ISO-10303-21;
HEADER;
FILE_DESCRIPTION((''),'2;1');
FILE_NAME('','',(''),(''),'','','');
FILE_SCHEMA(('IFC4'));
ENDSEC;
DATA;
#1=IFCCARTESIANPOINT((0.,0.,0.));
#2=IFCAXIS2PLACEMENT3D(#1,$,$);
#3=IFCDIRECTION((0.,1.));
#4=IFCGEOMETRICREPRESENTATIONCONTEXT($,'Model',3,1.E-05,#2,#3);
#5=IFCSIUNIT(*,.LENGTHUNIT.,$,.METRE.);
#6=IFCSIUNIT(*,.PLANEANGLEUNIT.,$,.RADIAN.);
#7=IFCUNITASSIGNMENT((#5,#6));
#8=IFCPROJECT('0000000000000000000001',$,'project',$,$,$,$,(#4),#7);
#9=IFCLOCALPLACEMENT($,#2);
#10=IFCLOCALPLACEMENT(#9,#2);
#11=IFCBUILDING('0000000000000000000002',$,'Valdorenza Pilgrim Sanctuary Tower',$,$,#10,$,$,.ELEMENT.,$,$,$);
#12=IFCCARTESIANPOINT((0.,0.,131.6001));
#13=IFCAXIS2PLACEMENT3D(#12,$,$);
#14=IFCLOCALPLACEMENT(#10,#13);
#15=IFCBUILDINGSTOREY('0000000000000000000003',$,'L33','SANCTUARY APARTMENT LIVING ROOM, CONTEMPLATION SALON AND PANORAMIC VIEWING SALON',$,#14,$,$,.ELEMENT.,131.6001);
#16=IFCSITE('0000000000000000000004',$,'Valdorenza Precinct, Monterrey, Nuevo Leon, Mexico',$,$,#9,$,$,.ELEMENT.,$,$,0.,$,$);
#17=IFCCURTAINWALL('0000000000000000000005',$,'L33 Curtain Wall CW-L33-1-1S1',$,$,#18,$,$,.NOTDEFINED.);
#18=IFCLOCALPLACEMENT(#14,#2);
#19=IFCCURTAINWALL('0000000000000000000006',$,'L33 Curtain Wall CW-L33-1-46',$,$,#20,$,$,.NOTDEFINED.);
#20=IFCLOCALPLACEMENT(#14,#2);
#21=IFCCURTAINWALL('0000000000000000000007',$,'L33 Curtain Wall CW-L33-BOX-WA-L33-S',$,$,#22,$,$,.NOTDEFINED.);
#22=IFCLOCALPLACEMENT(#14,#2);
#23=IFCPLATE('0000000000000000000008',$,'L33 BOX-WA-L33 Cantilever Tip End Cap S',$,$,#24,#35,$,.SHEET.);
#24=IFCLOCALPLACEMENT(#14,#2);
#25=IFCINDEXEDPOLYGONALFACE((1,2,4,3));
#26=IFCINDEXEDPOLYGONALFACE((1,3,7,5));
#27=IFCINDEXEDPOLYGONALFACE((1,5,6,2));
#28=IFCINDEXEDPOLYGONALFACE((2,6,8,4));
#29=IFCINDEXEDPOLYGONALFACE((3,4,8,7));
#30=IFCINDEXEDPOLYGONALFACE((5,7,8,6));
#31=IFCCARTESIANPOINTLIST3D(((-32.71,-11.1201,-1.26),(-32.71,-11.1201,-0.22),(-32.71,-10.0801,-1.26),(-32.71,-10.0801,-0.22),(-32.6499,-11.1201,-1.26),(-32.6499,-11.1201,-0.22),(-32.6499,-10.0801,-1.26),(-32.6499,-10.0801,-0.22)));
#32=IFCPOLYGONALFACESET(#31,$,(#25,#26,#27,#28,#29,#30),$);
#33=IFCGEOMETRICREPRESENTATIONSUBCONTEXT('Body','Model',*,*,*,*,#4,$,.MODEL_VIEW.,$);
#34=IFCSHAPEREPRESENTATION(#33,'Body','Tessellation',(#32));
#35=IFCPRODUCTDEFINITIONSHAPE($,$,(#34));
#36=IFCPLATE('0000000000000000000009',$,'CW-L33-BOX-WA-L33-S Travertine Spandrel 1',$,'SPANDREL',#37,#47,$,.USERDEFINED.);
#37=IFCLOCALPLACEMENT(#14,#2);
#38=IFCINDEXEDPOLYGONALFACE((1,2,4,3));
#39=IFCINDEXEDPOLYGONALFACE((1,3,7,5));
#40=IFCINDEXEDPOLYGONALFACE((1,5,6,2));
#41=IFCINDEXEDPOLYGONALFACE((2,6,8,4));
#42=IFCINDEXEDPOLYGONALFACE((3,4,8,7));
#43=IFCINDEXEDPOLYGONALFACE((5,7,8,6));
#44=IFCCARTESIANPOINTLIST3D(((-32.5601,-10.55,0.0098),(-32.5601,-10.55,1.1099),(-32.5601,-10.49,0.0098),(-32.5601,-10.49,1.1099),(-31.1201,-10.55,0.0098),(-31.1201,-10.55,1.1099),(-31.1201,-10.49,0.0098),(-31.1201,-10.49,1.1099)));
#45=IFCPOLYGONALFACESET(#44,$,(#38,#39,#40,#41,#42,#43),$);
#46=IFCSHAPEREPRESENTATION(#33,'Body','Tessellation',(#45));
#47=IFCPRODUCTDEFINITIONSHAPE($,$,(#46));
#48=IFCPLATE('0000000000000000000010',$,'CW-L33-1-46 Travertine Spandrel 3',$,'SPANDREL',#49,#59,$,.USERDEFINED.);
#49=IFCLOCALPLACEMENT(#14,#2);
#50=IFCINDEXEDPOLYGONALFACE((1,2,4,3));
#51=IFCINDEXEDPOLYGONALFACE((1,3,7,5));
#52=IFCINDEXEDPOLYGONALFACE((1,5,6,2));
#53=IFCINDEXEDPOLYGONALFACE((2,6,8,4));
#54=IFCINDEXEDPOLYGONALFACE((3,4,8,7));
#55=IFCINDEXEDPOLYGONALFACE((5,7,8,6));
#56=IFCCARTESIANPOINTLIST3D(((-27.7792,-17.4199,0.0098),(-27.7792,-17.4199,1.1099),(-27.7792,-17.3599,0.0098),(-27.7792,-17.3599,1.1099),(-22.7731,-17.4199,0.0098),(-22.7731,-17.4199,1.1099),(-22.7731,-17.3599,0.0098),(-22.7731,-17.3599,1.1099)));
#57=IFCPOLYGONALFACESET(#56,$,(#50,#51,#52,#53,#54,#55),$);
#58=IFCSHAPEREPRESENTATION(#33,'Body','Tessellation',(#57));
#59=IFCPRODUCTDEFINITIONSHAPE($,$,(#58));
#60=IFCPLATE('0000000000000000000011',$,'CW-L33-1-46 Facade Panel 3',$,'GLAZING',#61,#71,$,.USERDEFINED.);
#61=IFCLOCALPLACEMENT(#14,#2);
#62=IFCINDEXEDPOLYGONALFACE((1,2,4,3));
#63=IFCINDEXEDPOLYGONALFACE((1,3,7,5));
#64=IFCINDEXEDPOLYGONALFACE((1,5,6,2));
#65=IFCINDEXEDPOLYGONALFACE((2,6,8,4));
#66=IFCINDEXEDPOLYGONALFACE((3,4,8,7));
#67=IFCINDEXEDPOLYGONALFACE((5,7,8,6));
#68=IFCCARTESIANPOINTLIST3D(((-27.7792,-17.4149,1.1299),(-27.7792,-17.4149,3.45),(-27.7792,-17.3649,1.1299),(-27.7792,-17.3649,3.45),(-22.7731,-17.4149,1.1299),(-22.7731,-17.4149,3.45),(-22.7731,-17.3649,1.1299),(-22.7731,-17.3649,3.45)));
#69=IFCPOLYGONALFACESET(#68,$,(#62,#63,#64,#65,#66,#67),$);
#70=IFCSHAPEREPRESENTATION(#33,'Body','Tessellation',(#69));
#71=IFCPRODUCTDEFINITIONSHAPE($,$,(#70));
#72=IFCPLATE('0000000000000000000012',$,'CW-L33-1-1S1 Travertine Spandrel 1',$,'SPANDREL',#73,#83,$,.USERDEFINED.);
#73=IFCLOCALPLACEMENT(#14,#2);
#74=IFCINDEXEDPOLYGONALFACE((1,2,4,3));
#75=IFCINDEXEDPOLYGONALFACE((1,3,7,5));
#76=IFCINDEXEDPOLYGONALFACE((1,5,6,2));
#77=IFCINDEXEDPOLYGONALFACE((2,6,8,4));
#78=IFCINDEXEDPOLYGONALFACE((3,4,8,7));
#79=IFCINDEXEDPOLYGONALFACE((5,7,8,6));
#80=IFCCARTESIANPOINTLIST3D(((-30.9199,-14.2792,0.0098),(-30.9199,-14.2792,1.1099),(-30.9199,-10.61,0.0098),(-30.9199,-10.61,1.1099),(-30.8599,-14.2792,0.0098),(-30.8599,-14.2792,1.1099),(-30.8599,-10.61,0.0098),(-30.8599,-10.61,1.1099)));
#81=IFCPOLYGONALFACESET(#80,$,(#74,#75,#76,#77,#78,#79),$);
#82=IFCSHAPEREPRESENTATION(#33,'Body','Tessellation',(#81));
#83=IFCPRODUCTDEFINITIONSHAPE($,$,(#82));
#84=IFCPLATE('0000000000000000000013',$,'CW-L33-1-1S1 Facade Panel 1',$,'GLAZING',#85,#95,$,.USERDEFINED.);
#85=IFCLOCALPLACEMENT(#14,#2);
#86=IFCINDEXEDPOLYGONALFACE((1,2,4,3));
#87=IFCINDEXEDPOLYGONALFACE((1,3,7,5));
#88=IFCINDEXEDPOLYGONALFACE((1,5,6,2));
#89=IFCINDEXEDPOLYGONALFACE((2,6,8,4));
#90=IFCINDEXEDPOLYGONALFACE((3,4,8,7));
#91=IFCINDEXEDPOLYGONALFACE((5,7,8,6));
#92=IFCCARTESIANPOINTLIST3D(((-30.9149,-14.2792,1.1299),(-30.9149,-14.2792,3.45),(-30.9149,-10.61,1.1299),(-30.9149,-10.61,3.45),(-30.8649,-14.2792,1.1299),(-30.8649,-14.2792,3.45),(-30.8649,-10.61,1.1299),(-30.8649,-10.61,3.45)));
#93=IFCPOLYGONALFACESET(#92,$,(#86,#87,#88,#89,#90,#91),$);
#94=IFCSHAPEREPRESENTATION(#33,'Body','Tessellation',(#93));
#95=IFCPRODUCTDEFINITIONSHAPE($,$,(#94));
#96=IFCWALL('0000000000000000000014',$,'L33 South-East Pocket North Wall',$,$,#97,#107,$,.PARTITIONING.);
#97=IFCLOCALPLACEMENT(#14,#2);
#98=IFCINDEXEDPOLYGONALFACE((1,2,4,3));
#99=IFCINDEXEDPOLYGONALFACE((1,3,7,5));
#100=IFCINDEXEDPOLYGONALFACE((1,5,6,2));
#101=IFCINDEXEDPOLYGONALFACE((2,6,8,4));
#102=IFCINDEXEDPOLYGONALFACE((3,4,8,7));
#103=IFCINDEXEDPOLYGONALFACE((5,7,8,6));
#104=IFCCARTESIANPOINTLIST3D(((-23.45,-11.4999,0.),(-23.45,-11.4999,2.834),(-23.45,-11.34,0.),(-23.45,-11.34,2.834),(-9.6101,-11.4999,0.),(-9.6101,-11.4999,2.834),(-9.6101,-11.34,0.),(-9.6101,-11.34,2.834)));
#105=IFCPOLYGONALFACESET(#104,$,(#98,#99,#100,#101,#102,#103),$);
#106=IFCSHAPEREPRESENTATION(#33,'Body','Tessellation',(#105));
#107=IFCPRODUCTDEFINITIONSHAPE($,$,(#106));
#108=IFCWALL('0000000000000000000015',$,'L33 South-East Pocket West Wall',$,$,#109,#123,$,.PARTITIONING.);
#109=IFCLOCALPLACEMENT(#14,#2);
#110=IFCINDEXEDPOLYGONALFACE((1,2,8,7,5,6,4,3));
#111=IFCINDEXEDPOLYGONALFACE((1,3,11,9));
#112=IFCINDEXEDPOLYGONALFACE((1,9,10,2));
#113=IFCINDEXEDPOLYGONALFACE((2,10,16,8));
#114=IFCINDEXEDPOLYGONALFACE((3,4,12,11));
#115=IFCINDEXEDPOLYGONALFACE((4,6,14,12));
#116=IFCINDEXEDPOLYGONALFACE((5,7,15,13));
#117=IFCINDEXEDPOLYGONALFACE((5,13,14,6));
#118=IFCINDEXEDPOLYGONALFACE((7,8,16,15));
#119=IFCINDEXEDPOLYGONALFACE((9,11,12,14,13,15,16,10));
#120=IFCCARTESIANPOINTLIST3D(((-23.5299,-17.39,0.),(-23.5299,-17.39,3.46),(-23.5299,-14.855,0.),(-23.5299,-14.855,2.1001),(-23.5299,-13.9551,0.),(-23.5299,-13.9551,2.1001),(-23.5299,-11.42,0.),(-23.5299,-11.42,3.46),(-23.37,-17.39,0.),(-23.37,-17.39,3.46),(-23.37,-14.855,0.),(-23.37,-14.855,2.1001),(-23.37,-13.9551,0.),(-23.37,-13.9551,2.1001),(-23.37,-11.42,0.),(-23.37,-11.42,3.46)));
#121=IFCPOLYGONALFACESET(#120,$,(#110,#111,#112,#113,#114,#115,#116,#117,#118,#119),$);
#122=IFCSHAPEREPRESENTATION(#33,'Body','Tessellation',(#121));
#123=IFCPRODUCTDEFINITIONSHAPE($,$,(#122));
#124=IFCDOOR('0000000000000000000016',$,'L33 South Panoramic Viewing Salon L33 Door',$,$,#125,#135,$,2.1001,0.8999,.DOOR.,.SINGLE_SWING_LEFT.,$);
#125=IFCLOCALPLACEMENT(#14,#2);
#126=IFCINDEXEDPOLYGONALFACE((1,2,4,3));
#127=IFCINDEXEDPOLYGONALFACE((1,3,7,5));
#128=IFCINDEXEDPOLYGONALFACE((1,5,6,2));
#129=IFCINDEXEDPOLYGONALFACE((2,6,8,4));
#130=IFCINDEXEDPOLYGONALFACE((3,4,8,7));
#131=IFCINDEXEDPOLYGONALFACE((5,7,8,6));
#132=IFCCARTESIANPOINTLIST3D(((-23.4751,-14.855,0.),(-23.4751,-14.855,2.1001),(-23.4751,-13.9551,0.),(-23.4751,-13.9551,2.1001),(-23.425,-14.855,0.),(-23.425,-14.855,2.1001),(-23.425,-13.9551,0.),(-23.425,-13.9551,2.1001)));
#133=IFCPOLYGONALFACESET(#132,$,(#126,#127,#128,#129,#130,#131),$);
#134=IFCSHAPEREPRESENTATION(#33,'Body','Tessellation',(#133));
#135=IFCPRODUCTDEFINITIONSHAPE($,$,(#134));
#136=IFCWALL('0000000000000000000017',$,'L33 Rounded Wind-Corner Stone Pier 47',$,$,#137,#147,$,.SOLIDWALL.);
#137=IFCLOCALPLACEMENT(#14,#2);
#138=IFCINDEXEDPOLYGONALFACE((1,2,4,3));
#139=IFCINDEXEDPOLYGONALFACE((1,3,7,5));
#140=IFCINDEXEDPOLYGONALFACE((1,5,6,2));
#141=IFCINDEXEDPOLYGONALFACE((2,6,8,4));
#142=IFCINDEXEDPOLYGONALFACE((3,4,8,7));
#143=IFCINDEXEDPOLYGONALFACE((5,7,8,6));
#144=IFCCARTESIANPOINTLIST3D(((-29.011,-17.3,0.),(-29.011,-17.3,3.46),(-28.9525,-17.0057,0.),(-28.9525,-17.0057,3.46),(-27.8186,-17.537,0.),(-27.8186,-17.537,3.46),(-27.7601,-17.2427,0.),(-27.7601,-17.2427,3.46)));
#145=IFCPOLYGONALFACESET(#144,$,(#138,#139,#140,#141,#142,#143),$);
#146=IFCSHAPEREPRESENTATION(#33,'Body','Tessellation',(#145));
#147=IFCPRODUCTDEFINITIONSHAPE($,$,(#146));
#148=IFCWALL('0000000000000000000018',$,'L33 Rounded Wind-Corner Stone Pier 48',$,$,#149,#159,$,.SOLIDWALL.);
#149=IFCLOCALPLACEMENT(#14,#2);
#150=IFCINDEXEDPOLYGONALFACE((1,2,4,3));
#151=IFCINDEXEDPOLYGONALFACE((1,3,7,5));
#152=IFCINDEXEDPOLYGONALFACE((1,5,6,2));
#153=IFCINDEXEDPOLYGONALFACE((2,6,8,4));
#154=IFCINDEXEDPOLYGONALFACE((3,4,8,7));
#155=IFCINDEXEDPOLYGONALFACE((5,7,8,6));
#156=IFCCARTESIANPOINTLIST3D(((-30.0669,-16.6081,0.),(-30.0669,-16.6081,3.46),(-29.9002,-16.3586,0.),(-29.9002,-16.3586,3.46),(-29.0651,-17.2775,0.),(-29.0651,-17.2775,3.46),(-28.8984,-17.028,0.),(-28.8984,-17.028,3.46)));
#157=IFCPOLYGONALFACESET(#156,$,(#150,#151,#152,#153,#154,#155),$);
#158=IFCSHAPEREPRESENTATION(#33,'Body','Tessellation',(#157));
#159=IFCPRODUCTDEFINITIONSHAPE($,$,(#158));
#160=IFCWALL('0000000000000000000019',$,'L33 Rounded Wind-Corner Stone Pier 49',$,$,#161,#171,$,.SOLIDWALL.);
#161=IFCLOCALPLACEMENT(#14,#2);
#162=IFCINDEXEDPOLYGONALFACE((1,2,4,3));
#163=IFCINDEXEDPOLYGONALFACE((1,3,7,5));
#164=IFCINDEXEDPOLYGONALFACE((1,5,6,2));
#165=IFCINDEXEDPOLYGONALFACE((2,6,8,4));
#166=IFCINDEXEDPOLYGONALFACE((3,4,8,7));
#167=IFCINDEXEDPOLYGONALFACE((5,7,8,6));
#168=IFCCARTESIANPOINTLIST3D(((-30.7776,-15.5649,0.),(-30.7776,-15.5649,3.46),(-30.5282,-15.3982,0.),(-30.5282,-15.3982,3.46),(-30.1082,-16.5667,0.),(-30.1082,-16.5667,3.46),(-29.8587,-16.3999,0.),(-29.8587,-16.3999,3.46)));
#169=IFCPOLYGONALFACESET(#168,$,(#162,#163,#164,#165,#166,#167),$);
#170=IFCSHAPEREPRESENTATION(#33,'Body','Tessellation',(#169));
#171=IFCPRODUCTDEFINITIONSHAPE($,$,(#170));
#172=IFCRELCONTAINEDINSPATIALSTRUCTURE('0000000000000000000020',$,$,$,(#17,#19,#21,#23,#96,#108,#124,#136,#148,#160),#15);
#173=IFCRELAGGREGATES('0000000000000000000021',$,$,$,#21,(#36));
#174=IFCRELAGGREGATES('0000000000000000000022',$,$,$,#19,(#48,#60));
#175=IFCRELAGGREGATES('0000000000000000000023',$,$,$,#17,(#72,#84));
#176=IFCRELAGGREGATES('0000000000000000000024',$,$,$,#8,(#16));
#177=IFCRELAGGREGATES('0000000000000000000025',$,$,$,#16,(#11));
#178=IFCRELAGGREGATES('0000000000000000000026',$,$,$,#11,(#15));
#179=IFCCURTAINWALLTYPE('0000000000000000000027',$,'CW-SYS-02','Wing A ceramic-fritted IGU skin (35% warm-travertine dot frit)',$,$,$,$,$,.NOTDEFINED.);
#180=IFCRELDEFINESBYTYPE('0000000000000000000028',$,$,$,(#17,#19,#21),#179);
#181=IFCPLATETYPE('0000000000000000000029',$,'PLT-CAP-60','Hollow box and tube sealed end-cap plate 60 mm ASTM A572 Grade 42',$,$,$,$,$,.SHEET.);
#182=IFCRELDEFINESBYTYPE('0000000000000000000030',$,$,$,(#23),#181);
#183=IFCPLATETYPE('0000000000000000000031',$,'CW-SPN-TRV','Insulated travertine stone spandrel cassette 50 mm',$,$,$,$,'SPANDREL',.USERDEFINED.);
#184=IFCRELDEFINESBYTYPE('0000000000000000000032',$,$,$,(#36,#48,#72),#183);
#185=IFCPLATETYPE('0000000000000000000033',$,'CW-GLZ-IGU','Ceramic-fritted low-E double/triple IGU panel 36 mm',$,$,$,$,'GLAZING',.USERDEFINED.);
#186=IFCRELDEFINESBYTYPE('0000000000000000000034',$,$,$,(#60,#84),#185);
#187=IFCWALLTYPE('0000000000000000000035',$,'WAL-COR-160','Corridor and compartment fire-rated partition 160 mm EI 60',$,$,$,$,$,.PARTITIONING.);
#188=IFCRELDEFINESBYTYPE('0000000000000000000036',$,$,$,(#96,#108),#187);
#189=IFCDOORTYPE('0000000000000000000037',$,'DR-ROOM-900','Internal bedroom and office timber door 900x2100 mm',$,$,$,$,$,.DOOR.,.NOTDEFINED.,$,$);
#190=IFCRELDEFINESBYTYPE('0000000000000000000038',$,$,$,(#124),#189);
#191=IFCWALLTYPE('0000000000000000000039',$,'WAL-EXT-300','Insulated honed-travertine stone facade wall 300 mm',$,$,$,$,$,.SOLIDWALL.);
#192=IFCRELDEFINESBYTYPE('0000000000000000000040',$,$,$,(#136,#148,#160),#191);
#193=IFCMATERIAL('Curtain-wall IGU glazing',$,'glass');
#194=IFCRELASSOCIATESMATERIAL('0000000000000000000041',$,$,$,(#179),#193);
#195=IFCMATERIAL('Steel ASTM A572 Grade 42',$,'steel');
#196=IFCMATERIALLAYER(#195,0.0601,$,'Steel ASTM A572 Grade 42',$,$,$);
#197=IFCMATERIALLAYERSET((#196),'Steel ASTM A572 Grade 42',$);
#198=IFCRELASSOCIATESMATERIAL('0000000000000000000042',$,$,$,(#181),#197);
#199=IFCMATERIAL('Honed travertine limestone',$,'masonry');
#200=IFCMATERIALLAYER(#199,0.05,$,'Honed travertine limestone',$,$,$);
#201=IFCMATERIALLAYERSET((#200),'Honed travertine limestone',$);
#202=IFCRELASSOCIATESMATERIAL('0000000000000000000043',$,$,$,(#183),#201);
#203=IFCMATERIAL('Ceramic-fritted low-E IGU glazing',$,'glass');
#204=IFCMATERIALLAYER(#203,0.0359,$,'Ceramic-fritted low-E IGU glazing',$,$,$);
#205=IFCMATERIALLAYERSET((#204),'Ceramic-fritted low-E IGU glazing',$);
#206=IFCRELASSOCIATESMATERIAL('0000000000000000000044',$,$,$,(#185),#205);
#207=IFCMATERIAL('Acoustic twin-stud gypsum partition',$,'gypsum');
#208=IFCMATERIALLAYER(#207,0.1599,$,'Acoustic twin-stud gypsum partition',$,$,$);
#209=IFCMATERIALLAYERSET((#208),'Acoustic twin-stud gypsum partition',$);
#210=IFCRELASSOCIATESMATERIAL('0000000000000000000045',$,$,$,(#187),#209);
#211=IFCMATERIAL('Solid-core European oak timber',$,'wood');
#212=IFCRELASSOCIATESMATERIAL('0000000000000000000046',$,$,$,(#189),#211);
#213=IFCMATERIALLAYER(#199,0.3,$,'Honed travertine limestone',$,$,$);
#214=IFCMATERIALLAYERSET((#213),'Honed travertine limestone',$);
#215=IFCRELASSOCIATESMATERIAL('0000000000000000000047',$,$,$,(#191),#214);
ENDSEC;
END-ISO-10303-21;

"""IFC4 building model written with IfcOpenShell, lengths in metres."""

from ifc_helpers import new_model, si_unit, direction, frame, frame_2d, origin, origin_2d, place, context, subcontext, project, spatial, rectangle, extrude, source, transform, mapped, material, layer, layer_set, type_object, element, fill, aggregate, save


model = new_model("IFC4")

# Units and contexts
model_context = context("Model", 3, precision=1e-05, world=origin(), true_north=direction((0.0, 1.0)))
body_context = subcontext(model_context, "Body", "Model", "MODEL_VIEW")
ifc_project = project(units=[si_unit("LENGTHUNIT", "METRE"), si_unit("PLANEANGLEUNIT", "RADIAN")], contexts=[model_context])

# Site, building, storey
site_placement = place(None, origin())
site = spatial("IfcSite", under=ifc_project, at=site_placement, Name="Valdorenza Precinct, Monterrey, Nuevo Leon, Mexico", CompositionType="ELEMENT", RefElevation=0.0)
building_placement = place(site_placement, origin())
building = spatial("IfcBuilding", under=site, at=building_placement, Name="Valdorenza Pilgrim Sanctuary Tower", CompositionType="ELEMENT")
storey_placement = place(building_placement, frame((0.0, 0.0, 131.6001)))
storey = spatial("IfcBuildingStorey", under=building, at=storey_placement, Name="L33", Description="SANCTUARY APARTMENT LIVING ROOM, CONTEMPLATION SALON AND PANORAMIC VIEWING SALON", CompositionType="ELEMENT", Elevation=131.6001)

# Shared definitions
ifc_material_1 = material(Name="Steel ASTM A572 Grade 42", Category="steel")

# Curtain walls
ifc_material_2 = material(Name="Curtain-wall IGU glazing", Category="glass")
curtain_wall_type = type_object("IfcCurtainWallType", Name="CW-SYS-02", Description="Wing A ceramic-fritted IGU skin (35% warm-travertine dot frit)", PredefinedType="NOTDEFINED", material=ifc_material_2)
curtain_wall_1_placement = place(storey_placement, origin())
curtain_wall_1 = element("IfcCurtainWall", 1, at=curtain_wall_1_placement, inside=storey, type_object=curtain_wall_type, Name="L33 Curtain Wall CW-L33-1-1S1", PredefinedType="NOTDEFINED")
curtain_wall_2_placement = place(storey_placement, origin())
curtain_wall_2 = element("IfcCurtainWall", 2, at=curtain_wall_2_placement, inside=storey, type_object=curtain_wall_type, Name="L33 Curtain Wall CW-L33-1-46", PredefinedType="NOTDEFINED")

# Curtain wall
curtain_wall_3_placement = place(storey_placement, origin())
curtain_wall_3 = element("IfcCurtainWall", 3, at=curtain_wall_3_placement, inside=storey, type_object=curtain_wall_type, Name="L33 Curtain Wall CW-L33-BOX-WA-L33-S", PredefinedType="NOTDEFINED")

# Plates
ifc_layer_1 = layer(ifc_material_1, 0.0601, Name="Steel ASTM A572 Grade 42")
ifc_layer_set_1 = layer_set([ifc_layer_1], Name="Steel ASTM A572 Grade 42")
plate_type_1 = type_object("IfcPlateType", Name="PLT-CAP-60", Description="Hollow box and tube sealed end-cap plate 60 mm ASTM A572 Grade 42", PredefinedType="SHEET", material=ifc_layer_set_1)
shared_shape_1 = source(origin(), body_context, "Body", "SweptSolid", [
    extrude(rectangle(XDim=0.0601, YDim=1.04, at=origin_2d()), origin(), (0.0, 0.0, 1.0), 1.04),
])
plate_1_placement = place(storey_placement, frame((-32.6799, -10.6001, -1.26), z_axis=(0.0, 0.0, 1.0), x_axis=(1.0, 0.0, 0.0)))
element("IfcPlate", 4, at=plate_1_placement, inside=storey, type_object=plate_type_1, Name="L33 BOX-WA-L33 Cantilever Tip End Cap S", PredefinedType="SHEET", context=body_context, shape_type="MappedRepresentation", body=[
    mapped(shared_shape_1, transform((0.0, 0.0, 0.0), x_axis=(1.0, 0.0, 0.0), y_axis=(0.0, 1.0, 0.0), z_axis=(0.0, 0.0, 1.0), scale=1.0)),
])
ifc_material_3 = material(Name="Honed travertine limestone", Category="masonry")
ifc_layer_2 = layer(ifc_material_3, 0.05, Name="Honed travertine limestone")
ifc_layer_set_2 = layer_set([ifc_layer_2], Name="Honed travertine limestone")
plate_type_2 = type_object("IfcPlateType", Name="CW-SPN-TRV", Description="Insulated travertine stone spandrel cassette 50 mm", ElementType="SPANDREL", PredefinedType="USERDEFINED", material=ifc_layer_set_2)
shared_shape_2 = source(origin(), body_context, "Body", "SweptSolid", [
    extrude(rectangle(XDim=1.4399, YDim=0.0601, at=origin_2d()), origin(), (0.0, 0.0, 1.0), 1.1001),
])
plate_2_placement = place(storey_placement, frame((-31.8401, -10.52, 0.0098), z_axis=(0.0, 0.0, 1.0), x_axis=(-1.0, 0.0, 0.0)))
plate_2 = element("IfcPlate", 5, at=plate_2_placement, type_object=plate_type_2, Name="CW-L33-BOX-WA-L33-S Travertine Spandrel 1", ObjectType="SPANDREL", PredefinedType="USERDEFINED", context=body_context, shape_type="MappedRepresentation", body=[
    mapped(shared_shape_2, transform((0.0, 0.0, 0.0), x_axis=(1.0, 0.0, 0.0), y_axis=(0.0, 1.0, 0.0), z_axis=(0.0, 0.0, 1.0), scale=1.0)),
])
aggregate(curtain_wall_3, [plate_2])
shared_shape_3 = source(origin(), body_context, "Body", "SweptSolid", [
    extrude(rectangle(XDim=5.0061, YDim=0.0601, at=origin_2d()), origin(), (0.0, 0.0, 1.0), 1.1001),
])
plate_3_placement = place(storey_placement, frame((-25.2761, -17.3899, 0.0098), z_axis=(0.0, 0.0, 1.0), x_axis=(-1.0, 0.0, 0.0)))
plate_3 = element("IfcPlate", 6, at=plate_3_placement, type_object=plate_type_2, Name="CW-L33-1-46 Travertine Spandrel 3", ObjectType="SPANDREL", PredefinedType="USERDEFINED", context=body_context, shape_type="MappedRepresentation", body=[
    mapped(shared_shape_3, transform((0.0, 0.0, 0.0), x_axis=(1.0, 0.0, 0.0), y_axis=(0.0, 1.0, 0.0), z_axis=(0.0, 0.0, 1.0), scale=1.0)),
])
ifc_material_4 = material(Name="Ceramic-fritted low-E IGU glazing", Category="glass")
ifc_layer_3 = layer(ifc_material_4, 0.0359, Name="Ceramic-fritted low-E IGU glazing")
ifc_layer_set_3 = layer_set([ifc_layer_3], Name="Ceramic-fritted low-E IGU glazing")
plate_type_3 = type_object("IfcPlateType", Name="CW-GLZ-IGU", Description="Ceramic-fritted low-E double/triple IGU panel 36 mm", ElementType="GLAZING", PredefinedType="USERDEFINED", material=ifc_layer_set_3)
shared_shape_4 = source(origin(), body_context, "Body", "SweptSolid", [
    extrude(rectangle(XDim=5.0061, YDim=0.05, at=origin_2d()), origin(), (0.0, 0.0, 1.0), 2.3201),
])
plate_4_placement = place(storey_placement, frame((-25.2761, -17.3899, 1.1299), z_axis=(0.0, 0.0, 1.0), x_axis=(-1.0, 0.0, 0.0)))
plate_4 = element("IfcPlate", 7, at=plate_4_placement, type_object=plate_type_3, Name="CW-L33-1-46 Facade Panel 3", ObjectType="GLAZING", PredefinedType="USERDEFINED", context=body_context, shape_type="MappedRepresentation", body=[
    mapped(shared_shape_4, transform((0.0, 0.0, 0.0), x_axis=(1.0, 0.0, 0.0), y_axis=(0.0, 1.0, 0.0), z_axis=(0.0, 0.0, 1.0), scale=1.0)),
])
aggregate(curtain_wall_2, [plate_3, plate_4])
shared_shape_5 = source(origin(), body_context, "Body", "SweptSolid", [
    extrude(rectangle(XDim=3.6692, YDim=0.0601, at=origin_2d()), origin(), (0.0, 0.0, 1.0), 1.1001),
])
plate_5_placement = place(storey_placement, frame((-30.8899, -12.4446, 0.0098), z_axis=(0.0, 0.0, 1.0), x_axis=(0.0, 1.0, 0.0)))
plate_5 = element("IfcPlate", 8, at=plate_5_placement, type_object=plate_type_2, Name="CW-L33-1-1S1 Travertine Spandrel 1", ObjectType="SPANDREL", PredefinedType="USERDEFINED", context=body_context, shape_type="MappedRepresentation", body=[
    mapped(shared_shape_5, transform((0.0, 0.0, 0.0), x_axis=(1.0, 0.0, 0.0), y_axis=(0.0, 1.0, 0.0), z_axis=(0.0, 0.0, 1.0), scale=1.0)),
])
shared_shape_6 = source(origin(), body_context, "Body", "SweptSolid", [
    extrude(rectangle(XDim=3.6692, YDim=0.05, at=origin_2d()), origin(), (0.0, 0.0, 1.0), 2.3201),
])
plate_6_placement = place(storey_placement, frame((-30.8899, -12.4446, 1.1299), z_axis=(0.0, 0.0, 1.0), x_axis=(0.0, 1.0, 0.0)))
plate_6 = element("IfcPlate", 9, at=plate_6_placement, type_object=plate_type_3, Name="CW-L33-1-1S1 Facade Panel 1", ObjectType="GLAZING", PredefinedType="USERDEFINED", context=body_context, shape_type="MappedRepresentation", body=[
    mapped(shared_shape_6, transform((0.0, 0.0, 0.0), x_axis=(1.0, 0.0, 0.0), y_axis=(0.0, 1.0, 0.0), z_axis=(0.0, 0.0, 1.0), scale=1.0)),
])
aggregate(curtain_wall_1, [plate_5, plate_6])

# Wall
ifc_material_5 = material(Name="Acoustic twin-stud gypsum partition", Category="gypsum")
ifc_layer_4 = layer(ifc_material_5, 0.1599, Name="Acoustic twin-stud gypsum partition")
ifc_layer_set_4 = layer_set([ifc_layer_4], Name="Acoustic twin-stud gypsum partition")
wall_type_1 = type_object("IfcWallType", Name="WAL-COR-160", Description="Corridor and compartment fire-rated partition 160 mm EI 60", PredefinedType="PARTITIONING", material=ifc_layer_set_4)
wall_1_placement = place(storey_placement, frame((-23.45, -11.4199, 0.0), z_axis=(0.0, 0.0, 1.0), x_axis=(1.0, 0.0, 0.0)))
element("IfcWall", 10, at=wall_1_placement, inside=storey, type_object=wall_type_1, Name="L33 South-East Pocket North Wall", PredefinedType="PARTITIONING", context=body_context, shape_type="SweptSolid", body=[
    extrude(rectangle(XDim=13.8398, YDim=0.1599, at=frame_2d((6.9199, 0.0))), origin(), (0.0, 0.0, 1.0), 2.834),
])

# Wall, opening, door
wall_2_placement = place(storey_placement, frame((-23.45, -17.3899, 0.0), z_axis=(0.0, 0.0, 1.0), x_axis=(0.0, 1.0, 0.0)))
wall_2 = element("IfcWall", 11, at=wall_2_placement, inside=storey, type_object=wall_type_1, Name="L33 South-East Pocket West Wall", PredefinedType="PARTITIONING", context=body_context, shape_type="SweptSolid", body=[
    extrude(rectangle(XDim=5.97, YDim=0.1599, at=frame_2d((2.9849, 0.0))), origin(), (0.0, 0.0, 1.0), 3.46),
])
opening_1_placement = place(wall_2_placement, frame((2.5349, 0.0, 0.0)))
opening_1 = element("IfcOpeningElement", 12, at=opening_1_placement, cuts=wall_2, PredefinedType="OPENING", context=body_context, shape_type="SweptSolid", body=[
    extrude(rectangle(XDim=0.8999, YDim=2.1001, at=frame_2d((0.45, 1.05))), frame((0.0, 0.0947, 0.0), z_axis=(0.0, -1.0, 0.0), x_axis=(1.0, 0.0, 0.0)), (0.0, 0.0, 1.0), 0.1897),
])
ifc_material_6 = material(Name="Solid-core European oak timber", Category="wood")
door_type_1 = type_object("IfcDoorType", Name="DR-ROOM-900", Description="Internal bedroom and office timber door 900x2100 mm", OperationType="NOTDEFINED", PredefinedType="DOOR", material=ifc_material_6)
door_1_placement = place(opening_1_placement, frame((0.8999, 0.0, 0.0), z_axis=(0.0, 0.0, 1.0), x_axis=(-1.0, 0.0, 0.0)))
door_1 = element("IfcDoor", 13, at=door_1_placement, inside=storey, type_object=door_type_1, Name="L33 South Panoramic Viewing Salon L33 Door", OperationType="SINGLE_SWING_LEFT", OverallHeight=2.1001, OverallWidth=0.8999, PredefinedType="DOOR", context=body_context, shape_type="SweptSolid", body=[
    extrude(rectangle(XDim=0.8999, YDim=2.1001, at=frame_2d((0.45, 1.05))), frame((0.0, 0.0249, 0.0), z_axis=(0.0, -1.0, 0.0), x_axis=(1.0, 0.0, 0.0)), (0.0, 0.0, 1.0), 0.05),
])
fill(opening_1, door_1)

# Walls
ifc_layer_5 = layer(ifc_material_3, 0.3, Name="Honed travertine limestone")
ifc_layer_set_5 = layer_set([ifc_layer_5], Name="Honed travertine limestone")
wall_type_2 = type_object("IfcWallType", Name="WAL-EXT-300", Description="Insulated honed-travertine stone facade wall 300 mm", PredefinedType="SOLIDWALL", material=ifc_layer_set_5)
wall_3_placement = place(storey_placement, frame((-27.7893, -17.3899, 0.0), z_axis=(0.0, 0.0, 1.0), x_axis=(-0.980804, 0.194996, 0.0)))
element("IfcWall", 14, at=wall_3_placement, inside=storey, type_object=wall_type_2, Name="L33 Rounded Wind-Corner Stone Pier 47", PredefinedType="SOLIDWALL", context=body_context, shape_type="SweptSolid", body=[
    extrude(rectangle(XDim=1.2158, YDim=0.3, at=frame_2d((0.6079, 0.0))), origin(), (0.0, 0.0, 1.0), 3.46),
])
for number, where, z_axis, x_axis, name in (
    (15, (-28.9817, -17.1528, 0.0), (0.0, 0.0, 1.0), (-0.831426, 0.555635, 0.0), "L33 Rounded Wind-Corner Stone Pier 48"),
    (16, (-29.9834, -16.4834, 0.0), (0.0, 0.0, 1.0), (-0.555635, 0.831426, 0.0), "L33 Rounded Wind-Corner Stone Pier 49"),
):
    element("IfcWall", number, at=place(storey_placement, frame(where, z_axis=z_axis, x_axis=x_axis)), inside=storey, type_object=wall_type_2, Name=name, PredefinedType="SOLIDWALL", context=body_context, shape_type="SweptSolid", body=[
        extrude(rectangle(XDim=1.2048, YDim=0.3, at=frame_2d((0.6025, 0.0))), origin(), (0.0, 0.0, 1.0), 3.46),
    ])

save(model, "model.ifc")
